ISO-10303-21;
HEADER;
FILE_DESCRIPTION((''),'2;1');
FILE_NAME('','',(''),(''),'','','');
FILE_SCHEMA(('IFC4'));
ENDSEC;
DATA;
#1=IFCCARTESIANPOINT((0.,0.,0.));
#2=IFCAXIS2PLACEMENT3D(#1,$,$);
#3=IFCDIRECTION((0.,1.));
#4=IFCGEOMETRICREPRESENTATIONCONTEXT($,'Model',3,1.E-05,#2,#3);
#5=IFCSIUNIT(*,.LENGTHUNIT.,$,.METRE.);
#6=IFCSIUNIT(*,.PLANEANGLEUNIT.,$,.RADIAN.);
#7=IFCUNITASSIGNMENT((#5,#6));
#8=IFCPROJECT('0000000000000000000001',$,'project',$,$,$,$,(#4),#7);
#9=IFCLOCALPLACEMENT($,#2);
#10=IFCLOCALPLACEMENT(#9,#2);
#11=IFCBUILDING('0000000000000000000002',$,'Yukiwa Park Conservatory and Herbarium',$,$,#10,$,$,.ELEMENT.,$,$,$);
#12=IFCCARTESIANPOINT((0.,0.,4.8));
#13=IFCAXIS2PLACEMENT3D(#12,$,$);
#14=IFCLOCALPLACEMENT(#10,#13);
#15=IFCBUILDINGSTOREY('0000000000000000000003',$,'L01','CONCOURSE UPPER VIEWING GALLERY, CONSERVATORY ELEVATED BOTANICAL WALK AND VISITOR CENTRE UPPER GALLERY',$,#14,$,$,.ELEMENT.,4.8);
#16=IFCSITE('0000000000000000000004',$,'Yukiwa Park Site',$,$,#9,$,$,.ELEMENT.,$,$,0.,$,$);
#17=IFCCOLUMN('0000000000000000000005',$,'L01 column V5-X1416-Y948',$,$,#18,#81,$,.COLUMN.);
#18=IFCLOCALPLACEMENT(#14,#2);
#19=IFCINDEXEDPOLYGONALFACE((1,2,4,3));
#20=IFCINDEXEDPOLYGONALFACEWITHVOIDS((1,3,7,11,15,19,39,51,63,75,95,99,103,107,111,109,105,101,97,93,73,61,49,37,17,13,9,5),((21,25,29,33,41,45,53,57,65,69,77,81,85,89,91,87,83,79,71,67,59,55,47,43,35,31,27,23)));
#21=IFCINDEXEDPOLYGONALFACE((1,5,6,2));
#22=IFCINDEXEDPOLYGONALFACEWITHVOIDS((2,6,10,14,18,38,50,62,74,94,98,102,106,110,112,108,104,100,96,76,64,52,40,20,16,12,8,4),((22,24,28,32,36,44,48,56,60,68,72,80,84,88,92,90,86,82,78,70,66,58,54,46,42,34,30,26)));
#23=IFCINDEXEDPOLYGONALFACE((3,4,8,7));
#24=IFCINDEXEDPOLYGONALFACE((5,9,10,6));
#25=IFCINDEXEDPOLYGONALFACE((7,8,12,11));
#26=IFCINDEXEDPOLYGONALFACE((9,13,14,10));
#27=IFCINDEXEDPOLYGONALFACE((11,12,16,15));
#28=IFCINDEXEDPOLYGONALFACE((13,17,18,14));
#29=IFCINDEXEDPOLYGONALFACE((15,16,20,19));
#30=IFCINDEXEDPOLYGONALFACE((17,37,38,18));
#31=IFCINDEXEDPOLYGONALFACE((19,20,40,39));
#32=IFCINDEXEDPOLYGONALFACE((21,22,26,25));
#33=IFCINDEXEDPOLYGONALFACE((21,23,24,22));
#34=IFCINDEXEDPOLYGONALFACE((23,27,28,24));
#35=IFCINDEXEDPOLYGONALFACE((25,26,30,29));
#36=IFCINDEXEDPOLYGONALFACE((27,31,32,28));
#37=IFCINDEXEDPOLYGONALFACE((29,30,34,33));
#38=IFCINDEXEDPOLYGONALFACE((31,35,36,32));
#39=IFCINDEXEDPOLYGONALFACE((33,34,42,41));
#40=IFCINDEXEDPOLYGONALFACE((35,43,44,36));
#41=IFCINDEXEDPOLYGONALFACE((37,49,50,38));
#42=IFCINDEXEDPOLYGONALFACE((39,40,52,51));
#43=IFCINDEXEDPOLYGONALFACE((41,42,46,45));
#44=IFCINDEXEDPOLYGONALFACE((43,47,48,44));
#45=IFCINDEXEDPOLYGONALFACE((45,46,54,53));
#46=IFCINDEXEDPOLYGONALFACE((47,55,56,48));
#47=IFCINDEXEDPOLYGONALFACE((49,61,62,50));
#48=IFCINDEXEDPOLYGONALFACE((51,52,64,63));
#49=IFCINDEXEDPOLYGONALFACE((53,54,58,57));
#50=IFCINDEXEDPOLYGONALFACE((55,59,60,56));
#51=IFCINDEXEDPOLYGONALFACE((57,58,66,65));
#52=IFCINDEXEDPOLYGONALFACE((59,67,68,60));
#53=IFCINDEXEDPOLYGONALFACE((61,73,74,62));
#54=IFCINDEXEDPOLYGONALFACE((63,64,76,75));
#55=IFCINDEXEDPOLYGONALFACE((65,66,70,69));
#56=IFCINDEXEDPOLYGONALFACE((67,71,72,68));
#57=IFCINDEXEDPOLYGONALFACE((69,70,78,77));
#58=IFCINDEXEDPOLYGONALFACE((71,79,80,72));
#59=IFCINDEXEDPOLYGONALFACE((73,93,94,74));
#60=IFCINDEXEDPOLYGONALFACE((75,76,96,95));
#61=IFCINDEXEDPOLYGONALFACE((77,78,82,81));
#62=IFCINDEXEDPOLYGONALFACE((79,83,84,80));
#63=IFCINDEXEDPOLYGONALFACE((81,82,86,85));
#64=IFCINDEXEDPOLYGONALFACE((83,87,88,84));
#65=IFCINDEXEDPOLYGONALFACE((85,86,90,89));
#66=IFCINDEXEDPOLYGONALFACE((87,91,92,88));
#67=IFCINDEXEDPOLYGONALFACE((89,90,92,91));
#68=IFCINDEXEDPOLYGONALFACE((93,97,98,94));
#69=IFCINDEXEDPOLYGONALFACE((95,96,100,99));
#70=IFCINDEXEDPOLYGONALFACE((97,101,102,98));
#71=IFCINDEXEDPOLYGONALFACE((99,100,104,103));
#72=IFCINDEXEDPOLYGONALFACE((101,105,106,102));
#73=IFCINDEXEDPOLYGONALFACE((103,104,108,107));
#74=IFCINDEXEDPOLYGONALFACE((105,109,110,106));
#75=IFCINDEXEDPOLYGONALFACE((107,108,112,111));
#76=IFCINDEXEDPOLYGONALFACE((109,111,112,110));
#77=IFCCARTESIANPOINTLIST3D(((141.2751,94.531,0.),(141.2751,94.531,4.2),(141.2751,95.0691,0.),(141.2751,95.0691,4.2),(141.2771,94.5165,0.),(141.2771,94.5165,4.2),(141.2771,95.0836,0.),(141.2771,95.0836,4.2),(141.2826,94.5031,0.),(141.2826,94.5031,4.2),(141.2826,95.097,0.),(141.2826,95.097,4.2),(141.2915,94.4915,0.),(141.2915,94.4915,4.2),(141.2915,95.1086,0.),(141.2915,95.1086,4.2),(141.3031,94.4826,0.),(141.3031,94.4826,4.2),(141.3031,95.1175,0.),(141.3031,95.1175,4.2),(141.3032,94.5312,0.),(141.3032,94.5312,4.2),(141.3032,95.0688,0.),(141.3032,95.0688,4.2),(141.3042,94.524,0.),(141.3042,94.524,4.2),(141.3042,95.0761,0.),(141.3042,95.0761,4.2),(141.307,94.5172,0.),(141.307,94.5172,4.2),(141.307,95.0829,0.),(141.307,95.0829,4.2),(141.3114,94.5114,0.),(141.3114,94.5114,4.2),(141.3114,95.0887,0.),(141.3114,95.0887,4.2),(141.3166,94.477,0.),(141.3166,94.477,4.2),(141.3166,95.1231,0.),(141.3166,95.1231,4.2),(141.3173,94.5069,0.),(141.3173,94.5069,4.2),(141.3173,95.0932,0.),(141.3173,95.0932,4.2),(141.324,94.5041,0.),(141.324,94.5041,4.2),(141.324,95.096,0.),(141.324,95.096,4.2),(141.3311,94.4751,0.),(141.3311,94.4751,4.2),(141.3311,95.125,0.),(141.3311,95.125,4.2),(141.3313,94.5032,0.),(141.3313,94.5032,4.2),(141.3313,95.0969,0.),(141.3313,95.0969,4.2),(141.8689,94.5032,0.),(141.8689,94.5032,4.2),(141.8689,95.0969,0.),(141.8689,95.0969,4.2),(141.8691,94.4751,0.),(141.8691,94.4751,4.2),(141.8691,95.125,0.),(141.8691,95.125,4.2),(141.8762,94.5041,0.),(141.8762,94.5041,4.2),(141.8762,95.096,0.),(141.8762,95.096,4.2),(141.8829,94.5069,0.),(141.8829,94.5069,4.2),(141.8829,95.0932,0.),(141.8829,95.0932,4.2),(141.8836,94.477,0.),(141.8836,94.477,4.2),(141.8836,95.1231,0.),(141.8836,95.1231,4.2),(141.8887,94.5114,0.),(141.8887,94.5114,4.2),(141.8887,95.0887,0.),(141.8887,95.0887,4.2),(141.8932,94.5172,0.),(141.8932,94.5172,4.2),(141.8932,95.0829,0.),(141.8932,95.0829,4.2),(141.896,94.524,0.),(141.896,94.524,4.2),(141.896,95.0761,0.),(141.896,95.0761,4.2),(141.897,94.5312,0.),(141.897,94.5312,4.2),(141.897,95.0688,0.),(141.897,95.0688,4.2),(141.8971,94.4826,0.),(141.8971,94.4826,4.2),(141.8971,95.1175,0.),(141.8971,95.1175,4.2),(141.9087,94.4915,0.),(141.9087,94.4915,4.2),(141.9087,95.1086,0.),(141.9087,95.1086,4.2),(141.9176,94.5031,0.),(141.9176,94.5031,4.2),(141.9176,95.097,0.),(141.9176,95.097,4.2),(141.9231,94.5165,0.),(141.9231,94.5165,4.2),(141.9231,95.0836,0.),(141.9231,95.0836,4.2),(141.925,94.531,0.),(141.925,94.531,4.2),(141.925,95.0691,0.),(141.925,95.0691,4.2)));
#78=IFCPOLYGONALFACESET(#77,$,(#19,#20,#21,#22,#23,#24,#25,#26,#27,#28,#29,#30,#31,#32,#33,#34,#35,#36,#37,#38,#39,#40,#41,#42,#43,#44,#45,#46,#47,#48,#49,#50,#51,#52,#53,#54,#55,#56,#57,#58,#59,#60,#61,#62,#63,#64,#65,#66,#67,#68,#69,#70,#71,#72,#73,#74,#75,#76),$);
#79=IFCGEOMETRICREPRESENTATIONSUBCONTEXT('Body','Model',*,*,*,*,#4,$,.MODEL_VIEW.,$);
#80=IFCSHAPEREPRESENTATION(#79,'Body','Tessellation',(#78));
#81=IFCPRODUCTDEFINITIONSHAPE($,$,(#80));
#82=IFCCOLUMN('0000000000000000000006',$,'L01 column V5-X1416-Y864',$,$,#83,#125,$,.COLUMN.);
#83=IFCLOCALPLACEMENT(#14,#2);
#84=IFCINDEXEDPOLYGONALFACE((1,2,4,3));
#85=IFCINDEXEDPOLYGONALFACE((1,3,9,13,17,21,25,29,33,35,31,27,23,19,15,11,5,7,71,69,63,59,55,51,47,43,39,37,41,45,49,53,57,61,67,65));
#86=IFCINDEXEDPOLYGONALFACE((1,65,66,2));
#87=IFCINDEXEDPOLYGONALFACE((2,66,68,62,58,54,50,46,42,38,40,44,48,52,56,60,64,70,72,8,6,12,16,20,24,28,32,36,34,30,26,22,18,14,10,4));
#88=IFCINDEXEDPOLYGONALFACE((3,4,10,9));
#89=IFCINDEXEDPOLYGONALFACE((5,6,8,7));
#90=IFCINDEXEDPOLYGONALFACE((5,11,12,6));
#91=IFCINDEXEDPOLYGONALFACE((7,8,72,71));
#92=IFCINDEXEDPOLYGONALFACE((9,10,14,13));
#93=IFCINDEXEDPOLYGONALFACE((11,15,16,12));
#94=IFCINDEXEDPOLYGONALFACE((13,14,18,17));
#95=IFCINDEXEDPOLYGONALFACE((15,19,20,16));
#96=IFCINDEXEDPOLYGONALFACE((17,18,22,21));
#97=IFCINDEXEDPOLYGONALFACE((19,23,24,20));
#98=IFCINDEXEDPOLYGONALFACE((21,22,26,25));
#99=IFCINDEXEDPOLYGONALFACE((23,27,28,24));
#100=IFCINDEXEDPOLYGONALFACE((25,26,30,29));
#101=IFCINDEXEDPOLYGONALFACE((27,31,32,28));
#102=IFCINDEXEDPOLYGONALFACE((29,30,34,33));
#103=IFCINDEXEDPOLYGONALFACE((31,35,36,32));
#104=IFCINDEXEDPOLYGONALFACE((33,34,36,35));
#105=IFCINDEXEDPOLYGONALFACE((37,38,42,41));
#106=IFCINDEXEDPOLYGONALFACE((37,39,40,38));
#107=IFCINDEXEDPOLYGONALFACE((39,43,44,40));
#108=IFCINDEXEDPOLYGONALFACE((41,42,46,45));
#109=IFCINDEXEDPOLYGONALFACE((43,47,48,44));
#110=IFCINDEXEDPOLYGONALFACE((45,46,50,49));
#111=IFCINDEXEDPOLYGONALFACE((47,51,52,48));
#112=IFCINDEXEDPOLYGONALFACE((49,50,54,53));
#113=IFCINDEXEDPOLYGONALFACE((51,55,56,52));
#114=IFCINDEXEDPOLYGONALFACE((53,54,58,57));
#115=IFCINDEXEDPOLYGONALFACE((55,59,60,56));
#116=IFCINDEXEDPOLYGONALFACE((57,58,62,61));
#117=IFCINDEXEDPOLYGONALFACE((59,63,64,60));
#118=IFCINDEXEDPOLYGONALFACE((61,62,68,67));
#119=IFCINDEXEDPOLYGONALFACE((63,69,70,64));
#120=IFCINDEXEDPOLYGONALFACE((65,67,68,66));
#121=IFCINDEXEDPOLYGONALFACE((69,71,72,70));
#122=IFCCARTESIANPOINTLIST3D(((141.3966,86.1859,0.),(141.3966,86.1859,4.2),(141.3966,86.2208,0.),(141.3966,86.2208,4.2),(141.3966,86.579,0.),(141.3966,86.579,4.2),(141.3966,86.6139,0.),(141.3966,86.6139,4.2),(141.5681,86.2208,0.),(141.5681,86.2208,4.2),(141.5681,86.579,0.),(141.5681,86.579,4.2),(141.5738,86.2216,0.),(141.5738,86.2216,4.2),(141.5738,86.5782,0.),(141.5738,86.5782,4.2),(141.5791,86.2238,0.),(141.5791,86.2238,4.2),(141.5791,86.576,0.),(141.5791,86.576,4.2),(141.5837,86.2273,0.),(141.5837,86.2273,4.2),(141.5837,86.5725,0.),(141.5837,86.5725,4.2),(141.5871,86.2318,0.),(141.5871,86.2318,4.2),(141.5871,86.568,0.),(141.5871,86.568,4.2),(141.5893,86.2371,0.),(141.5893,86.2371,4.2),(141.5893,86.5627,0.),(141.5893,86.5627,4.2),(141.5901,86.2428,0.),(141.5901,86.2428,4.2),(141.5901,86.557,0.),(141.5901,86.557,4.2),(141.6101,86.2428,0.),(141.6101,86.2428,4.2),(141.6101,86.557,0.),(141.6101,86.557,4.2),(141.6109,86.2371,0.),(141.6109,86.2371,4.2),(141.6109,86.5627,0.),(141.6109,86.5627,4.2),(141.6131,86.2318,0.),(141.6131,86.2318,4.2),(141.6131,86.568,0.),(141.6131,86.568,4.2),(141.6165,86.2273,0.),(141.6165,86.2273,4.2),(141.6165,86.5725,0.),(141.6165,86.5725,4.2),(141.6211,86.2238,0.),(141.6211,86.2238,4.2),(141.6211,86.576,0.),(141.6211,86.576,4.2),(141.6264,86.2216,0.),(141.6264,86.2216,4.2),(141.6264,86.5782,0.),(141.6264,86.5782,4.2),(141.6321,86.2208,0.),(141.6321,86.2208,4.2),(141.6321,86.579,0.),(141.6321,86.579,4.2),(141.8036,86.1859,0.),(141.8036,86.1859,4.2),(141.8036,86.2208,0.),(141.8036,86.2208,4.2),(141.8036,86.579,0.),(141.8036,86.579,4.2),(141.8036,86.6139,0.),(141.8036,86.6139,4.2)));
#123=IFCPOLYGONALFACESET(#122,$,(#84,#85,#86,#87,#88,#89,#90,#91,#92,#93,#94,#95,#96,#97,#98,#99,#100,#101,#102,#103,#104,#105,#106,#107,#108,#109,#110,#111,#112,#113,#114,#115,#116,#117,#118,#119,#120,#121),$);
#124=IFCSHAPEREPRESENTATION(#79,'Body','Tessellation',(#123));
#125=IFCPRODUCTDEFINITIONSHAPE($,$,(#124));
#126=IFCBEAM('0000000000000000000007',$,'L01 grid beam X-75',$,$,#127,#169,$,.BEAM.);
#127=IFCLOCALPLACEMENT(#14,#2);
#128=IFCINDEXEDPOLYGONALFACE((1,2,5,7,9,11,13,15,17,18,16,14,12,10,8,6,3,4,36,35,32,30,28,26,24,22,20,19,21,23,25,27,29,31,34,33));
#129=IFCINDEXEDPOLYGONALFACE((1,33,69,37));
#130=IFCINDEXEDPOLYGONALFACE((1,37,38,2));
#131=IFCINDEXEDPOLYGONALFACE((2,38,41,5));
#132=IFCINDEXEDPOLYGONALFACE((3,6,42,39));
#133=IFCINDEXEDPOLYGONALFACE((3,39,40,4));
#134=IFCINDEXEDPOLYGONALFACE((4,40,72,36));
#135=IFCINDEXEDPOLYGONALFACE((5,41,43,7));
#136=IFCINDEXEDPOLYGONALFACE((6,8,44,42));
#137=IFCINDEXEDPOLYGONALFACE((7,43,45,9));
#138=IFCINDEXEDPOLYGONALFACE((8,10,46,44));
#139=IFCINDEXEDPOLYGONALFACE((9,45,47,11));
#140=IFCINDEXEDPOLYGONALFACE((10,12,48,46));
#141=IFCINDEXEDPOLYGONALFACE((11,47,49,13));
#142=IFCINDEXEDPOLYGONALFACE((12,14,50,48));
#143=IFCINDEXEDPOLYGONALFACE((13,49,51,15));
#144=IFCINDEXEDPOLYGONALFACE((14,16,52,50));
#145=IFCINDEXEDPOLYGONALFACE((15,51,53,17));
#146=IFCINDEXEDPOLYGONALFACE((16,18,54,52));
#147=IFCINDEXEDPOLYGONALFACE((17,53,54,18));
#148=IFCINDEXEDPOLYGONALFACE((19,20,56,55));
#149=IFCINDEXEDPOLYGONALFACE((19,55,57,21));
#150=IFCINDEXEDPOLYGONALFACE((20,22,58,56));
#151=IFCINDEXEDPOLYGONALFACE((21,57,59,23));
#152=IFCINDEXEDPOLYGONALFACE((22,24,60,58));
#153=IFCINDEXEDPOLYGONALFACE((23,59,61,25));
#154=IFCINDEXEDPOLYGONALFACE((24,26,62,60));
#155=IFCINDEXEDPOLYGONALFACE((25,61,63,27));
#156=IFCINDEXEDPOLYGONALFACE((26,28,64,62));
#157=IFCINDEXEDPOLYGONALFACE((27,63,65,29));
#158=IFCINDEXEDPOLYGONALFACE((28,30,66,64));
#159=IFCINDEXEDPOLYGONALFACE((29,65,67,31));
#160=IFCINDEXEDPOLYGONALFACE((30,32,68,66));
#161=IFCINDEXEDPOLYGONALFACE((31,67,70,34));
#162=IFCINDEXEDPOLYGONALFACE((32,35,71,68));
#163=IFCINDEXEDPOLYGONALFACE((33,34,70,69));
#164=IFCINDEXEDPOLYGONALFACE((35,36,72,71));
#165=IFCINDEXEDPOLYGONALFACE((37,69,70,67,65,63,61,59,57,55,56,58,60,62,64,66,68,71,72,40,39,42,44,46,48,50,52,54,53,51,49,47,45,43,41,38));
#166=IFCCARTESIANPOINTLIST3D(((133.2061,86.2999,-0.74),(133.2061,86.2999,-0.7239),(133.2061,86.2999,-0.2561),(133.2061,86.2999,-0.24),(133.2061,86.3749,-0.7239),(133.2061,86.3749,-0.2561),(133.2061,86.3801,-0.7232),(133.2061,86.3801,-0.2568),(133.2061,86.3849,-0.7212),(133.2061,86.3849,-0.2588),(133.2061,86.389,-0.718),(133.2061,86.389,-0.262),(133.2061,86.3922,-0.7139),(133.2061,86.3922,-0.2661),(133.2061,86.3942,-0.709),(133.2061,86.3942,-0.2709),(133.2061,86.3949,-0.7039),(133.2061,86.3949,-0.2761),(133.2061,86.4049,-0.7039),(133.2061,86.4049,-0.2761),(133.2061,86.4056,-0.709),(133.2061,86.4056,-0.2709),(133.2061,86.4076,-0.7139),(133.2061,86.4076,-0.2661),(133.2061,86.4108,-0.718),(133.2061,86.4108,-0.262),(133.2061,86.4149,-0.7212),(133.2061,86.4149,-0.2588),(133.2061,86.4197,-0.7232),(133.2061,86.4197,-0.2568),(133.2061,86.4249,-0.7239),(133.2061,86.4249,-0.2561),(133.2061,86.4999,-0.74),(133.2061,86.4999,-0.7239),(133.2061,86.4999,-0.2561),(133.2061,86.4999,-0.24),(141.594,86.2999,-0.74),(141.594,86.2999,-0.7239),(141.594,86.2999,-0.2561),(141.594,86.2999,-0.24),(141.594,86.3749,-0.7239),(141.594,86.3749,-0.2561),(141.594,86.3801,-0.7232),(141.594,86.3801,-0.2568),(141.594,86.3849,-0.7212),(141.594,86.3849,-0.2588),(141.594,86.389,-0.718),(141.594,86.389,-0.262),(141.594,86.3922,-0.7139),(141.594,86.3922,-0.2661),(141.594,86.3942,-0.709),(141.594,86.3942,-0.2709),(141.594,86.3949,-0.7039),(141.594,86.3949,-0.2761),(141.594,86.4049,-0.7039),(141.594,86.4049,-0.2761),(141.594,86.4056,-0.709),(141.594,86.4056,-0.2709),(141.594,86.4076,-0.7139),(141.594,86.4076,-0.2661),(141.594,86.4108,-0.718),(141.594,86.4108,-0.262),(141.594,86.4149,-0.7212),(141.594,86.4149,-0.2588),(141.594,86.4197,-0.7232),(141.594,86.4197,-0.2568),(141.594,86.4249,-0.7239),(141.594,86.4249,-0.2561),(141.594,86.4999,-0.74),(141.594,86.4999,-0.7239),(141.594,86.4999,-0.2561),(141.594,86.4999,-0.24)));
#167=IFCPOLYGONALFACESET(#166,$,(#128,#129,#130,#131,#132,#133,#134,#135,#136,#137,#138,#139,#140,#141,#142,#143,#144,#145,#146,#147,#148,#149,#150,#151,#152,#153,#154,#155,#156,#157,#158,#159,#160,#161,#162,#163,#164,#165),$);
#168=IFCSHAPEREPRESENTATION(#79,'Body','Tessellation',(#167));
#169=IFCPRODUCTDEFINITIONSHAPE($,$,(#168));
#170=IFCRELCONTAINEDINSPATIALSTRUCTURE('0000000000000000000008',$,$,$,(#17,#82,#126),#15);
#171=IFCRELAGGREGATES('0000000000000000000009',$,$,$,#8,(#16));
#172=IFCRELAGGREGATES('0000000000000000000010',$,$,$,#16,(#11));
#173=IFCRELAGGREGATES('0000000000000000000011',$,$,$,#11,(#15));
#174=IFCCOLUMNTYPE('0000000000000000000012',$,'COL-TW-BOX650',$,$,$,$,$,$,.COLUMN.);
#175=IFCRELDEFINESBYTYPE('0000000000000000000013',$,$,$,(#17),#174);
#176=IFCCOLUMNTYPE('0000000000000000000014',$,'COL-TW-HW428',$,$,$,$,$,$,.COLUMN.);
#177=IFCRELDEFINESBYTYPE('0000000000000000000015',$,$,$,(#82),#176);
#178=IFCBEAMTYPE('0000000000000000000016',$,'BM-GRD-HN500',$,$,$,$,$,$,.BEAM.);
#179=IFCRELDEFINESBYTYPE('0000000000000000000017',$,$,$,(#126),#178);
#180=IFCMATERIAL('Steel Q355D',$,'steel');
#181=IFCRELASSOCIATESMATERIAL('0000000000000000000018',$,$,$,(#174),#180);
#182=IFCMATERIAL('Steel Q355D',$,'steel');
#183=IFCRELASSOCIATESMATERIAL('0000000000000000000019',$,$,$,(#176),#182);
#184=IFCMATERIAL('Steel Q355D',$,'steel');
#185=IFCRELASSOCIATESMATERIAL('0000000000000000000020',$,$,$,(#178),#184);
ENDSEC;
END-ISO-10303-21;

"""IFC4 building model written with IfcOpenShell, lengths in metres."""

from ifc_helpers import new_model, si_unit, direction, frame, origin, origin_2d, place, context, subcontext, project, spatial, hollow_rectangle, i_section, extrude, material, material_profile, profile_set, type_object, element, save


model = new_model("IFC4")

# Units and contexts
model_context = context("Model", 3, precision=1e-05, world=origin(), true_north=direction((0.0, 1.0)))
body_context = subcontext(model_context, "Body", "Model", "MODEL_VIEW")
ifc_project = project(units=[si_unit("LENGTHUNIT", "METRE"), si_unit("PLANEANGLEUNIT", "RADIAN")], contexts=[model_context])

# Site, building, storey
site_placement = place(None, origin())
site = spatial("IfcSite", under=ifc_project, at=site_placement, Name="Yukiwa Park Site", CompositionType="ELEMENT", RefElevation=0.0)
building_placement = place(site_placement, origin())
building = spatial("IfcBuilding", under=site, at=building_placement, Name="Yukiwa Park Conservatory and Herbarium", CompositionType="ELEMENT")
storey_placement = place(building_placement, frame((0.0, 0.0, 4.8)))
storey = spatial("IfcBuildingStorey", under=building, at=storey_placement, Name="L01", Description="CONCOURSE UPPER VIEWING GALLERY, CONSERVATORY ELEVATED BOTANICAL WALK AND VISITOR CENTRE UPPER GALLERY", CompositionType="ELEMENT", Elevation=4.8)

# Columns
ifc_material_1 = material(Name="Steel Q355D", Category="steel")
ifc_material_profile_1 = material_profile(ifc_material_1, hollow_rectangle(XDim=0.6499, YDim=0.6499, WallThickness=0.0281, InnerFilletRadius=0.0281, OuterFilletRadius=0.0559, at=origin_2d()), Name="BOX 650x650x28")
ifc_profile_set_1 = profile_set([ifc_material_profile_1], Name="Steel Q355D")
column_type_1 = type_object("IfcColumnType", Name="COL-TW-BOX650", PredefinedType="COLUMN", material=ifc_profile_set_1)
for number, where, z_axis, x_axis, name in (
    (1, (141.6001, 94.8, 0.0), (0.0, 0.0, 1.0), (1.0, 0.0, 0.0), "L01 column V5-X1416-Y948"),
):
    element("IfcColumn", number, at=place(storey_placement, frame(where, z_axis=z_axis, x_axis=x_axis)), inside=storey, type_object=column_type_1, Name=name, PredefinedType="COLUMN", context=body_context, shape_type="SweptSolid", body=[
        extrude(hollow_rectangle(XDim=0.6499, YDim=0.6499, WallThickness=0.0281, InnerFilletRadius=0.0281, OuterFilletRadius=0.0559, at=origin_2d()), origin(), (0.0, 0.0, 1.0), 4.2),
    ])
ifc_material_2 = material(Name="Steel Q355D", Category="steel")
ifc_material_profile_2 = material_profile(ifc_material_2, i_section(OverallWidth=0.407, OverallDepth=0.428, WebThickness=0.02, FlangeThickness=0.0349, FilletRadius=0.022, at=origin_2d()), Name="HW 428x407x20x35")
ifc_profile_set_2 = profile_set([ifc_material_profile_2], Name="Steel Q355D")
column_type_2 = type_object("IfcColumnType", Name="COL-TW-HW428", PredefinedType="COLUMN", material=ifc_profile_set_2)
column_1_placement = place(storey_placement, frame((141.6001, 86.3999, 0.0), z_axis=(0.0, 0.0, 1.0), x_axis=(1.0, 0.0, 0.0)))
element("IfcColumn", 2, at=column_1_placement, inside=storey, type_object=column_type_2, Name="L01 column V5-X1416-Y864", PredefinedType="COLUMN", context=body_context, shape_type="SweptSolid", body=[
    extrude(i_section(OverallWidth=0.407, OverallDepth=0.428, WebThickness=0.02, FlangeThickness=0.0349, FilletRadius=0.022, at=origin_2d()), origin(), (0.0, 0.0, 1.0), 4.2),
])

# Beam
ifc_material_3 = material(Name="Steel Q355D", Category="steel")
ifc_material_profile_3 = material_profile(ifc_material_3, i_section(OverallWidth=0.2, OverallDepth=0.5, WebThickness=0.01, FlangeThickness=0.0161, FilletRadius=0.02, at=origin_2d()), Name="HN 500x200x10x16")
ifc_profile_set_3 = profile_set([ifc_material_profile_3], Name="Steel Q355D")
beam_type_1 = type_object("IfcBeamType", Name="BM-GRD-HN500", PredefinedType="BEAM", material=ifc_profile_set_3)
for number, where, z_axis, x_axis, name in (
    (3, (133.2061, 86.3999, -0.49), (1.0, 0.0, 0.0), (0.0, 1.0, 0.0), "L01 grid beam X-75"),
):
    element("IfcBeam", number, at=place(storey_placement, frame(where, z_axis=z_axis, x_axis=x_axis)), inside=storey, type_object=beam_type_1, Name=name, PredefinedType="BEAM", context=body_context, shape_type="SweptSolid", body=[
        extrude(i_section(OverallWidth=0.2, OverallDepth=0.5, WebThickness=0.01, FlangeThickness=0.0161, FilletRadius=0.02, at=origin_2d()), origin(), (0.0, 0.0, 1.0), 8.3879),
    ])

save(model, "model.ifc")
